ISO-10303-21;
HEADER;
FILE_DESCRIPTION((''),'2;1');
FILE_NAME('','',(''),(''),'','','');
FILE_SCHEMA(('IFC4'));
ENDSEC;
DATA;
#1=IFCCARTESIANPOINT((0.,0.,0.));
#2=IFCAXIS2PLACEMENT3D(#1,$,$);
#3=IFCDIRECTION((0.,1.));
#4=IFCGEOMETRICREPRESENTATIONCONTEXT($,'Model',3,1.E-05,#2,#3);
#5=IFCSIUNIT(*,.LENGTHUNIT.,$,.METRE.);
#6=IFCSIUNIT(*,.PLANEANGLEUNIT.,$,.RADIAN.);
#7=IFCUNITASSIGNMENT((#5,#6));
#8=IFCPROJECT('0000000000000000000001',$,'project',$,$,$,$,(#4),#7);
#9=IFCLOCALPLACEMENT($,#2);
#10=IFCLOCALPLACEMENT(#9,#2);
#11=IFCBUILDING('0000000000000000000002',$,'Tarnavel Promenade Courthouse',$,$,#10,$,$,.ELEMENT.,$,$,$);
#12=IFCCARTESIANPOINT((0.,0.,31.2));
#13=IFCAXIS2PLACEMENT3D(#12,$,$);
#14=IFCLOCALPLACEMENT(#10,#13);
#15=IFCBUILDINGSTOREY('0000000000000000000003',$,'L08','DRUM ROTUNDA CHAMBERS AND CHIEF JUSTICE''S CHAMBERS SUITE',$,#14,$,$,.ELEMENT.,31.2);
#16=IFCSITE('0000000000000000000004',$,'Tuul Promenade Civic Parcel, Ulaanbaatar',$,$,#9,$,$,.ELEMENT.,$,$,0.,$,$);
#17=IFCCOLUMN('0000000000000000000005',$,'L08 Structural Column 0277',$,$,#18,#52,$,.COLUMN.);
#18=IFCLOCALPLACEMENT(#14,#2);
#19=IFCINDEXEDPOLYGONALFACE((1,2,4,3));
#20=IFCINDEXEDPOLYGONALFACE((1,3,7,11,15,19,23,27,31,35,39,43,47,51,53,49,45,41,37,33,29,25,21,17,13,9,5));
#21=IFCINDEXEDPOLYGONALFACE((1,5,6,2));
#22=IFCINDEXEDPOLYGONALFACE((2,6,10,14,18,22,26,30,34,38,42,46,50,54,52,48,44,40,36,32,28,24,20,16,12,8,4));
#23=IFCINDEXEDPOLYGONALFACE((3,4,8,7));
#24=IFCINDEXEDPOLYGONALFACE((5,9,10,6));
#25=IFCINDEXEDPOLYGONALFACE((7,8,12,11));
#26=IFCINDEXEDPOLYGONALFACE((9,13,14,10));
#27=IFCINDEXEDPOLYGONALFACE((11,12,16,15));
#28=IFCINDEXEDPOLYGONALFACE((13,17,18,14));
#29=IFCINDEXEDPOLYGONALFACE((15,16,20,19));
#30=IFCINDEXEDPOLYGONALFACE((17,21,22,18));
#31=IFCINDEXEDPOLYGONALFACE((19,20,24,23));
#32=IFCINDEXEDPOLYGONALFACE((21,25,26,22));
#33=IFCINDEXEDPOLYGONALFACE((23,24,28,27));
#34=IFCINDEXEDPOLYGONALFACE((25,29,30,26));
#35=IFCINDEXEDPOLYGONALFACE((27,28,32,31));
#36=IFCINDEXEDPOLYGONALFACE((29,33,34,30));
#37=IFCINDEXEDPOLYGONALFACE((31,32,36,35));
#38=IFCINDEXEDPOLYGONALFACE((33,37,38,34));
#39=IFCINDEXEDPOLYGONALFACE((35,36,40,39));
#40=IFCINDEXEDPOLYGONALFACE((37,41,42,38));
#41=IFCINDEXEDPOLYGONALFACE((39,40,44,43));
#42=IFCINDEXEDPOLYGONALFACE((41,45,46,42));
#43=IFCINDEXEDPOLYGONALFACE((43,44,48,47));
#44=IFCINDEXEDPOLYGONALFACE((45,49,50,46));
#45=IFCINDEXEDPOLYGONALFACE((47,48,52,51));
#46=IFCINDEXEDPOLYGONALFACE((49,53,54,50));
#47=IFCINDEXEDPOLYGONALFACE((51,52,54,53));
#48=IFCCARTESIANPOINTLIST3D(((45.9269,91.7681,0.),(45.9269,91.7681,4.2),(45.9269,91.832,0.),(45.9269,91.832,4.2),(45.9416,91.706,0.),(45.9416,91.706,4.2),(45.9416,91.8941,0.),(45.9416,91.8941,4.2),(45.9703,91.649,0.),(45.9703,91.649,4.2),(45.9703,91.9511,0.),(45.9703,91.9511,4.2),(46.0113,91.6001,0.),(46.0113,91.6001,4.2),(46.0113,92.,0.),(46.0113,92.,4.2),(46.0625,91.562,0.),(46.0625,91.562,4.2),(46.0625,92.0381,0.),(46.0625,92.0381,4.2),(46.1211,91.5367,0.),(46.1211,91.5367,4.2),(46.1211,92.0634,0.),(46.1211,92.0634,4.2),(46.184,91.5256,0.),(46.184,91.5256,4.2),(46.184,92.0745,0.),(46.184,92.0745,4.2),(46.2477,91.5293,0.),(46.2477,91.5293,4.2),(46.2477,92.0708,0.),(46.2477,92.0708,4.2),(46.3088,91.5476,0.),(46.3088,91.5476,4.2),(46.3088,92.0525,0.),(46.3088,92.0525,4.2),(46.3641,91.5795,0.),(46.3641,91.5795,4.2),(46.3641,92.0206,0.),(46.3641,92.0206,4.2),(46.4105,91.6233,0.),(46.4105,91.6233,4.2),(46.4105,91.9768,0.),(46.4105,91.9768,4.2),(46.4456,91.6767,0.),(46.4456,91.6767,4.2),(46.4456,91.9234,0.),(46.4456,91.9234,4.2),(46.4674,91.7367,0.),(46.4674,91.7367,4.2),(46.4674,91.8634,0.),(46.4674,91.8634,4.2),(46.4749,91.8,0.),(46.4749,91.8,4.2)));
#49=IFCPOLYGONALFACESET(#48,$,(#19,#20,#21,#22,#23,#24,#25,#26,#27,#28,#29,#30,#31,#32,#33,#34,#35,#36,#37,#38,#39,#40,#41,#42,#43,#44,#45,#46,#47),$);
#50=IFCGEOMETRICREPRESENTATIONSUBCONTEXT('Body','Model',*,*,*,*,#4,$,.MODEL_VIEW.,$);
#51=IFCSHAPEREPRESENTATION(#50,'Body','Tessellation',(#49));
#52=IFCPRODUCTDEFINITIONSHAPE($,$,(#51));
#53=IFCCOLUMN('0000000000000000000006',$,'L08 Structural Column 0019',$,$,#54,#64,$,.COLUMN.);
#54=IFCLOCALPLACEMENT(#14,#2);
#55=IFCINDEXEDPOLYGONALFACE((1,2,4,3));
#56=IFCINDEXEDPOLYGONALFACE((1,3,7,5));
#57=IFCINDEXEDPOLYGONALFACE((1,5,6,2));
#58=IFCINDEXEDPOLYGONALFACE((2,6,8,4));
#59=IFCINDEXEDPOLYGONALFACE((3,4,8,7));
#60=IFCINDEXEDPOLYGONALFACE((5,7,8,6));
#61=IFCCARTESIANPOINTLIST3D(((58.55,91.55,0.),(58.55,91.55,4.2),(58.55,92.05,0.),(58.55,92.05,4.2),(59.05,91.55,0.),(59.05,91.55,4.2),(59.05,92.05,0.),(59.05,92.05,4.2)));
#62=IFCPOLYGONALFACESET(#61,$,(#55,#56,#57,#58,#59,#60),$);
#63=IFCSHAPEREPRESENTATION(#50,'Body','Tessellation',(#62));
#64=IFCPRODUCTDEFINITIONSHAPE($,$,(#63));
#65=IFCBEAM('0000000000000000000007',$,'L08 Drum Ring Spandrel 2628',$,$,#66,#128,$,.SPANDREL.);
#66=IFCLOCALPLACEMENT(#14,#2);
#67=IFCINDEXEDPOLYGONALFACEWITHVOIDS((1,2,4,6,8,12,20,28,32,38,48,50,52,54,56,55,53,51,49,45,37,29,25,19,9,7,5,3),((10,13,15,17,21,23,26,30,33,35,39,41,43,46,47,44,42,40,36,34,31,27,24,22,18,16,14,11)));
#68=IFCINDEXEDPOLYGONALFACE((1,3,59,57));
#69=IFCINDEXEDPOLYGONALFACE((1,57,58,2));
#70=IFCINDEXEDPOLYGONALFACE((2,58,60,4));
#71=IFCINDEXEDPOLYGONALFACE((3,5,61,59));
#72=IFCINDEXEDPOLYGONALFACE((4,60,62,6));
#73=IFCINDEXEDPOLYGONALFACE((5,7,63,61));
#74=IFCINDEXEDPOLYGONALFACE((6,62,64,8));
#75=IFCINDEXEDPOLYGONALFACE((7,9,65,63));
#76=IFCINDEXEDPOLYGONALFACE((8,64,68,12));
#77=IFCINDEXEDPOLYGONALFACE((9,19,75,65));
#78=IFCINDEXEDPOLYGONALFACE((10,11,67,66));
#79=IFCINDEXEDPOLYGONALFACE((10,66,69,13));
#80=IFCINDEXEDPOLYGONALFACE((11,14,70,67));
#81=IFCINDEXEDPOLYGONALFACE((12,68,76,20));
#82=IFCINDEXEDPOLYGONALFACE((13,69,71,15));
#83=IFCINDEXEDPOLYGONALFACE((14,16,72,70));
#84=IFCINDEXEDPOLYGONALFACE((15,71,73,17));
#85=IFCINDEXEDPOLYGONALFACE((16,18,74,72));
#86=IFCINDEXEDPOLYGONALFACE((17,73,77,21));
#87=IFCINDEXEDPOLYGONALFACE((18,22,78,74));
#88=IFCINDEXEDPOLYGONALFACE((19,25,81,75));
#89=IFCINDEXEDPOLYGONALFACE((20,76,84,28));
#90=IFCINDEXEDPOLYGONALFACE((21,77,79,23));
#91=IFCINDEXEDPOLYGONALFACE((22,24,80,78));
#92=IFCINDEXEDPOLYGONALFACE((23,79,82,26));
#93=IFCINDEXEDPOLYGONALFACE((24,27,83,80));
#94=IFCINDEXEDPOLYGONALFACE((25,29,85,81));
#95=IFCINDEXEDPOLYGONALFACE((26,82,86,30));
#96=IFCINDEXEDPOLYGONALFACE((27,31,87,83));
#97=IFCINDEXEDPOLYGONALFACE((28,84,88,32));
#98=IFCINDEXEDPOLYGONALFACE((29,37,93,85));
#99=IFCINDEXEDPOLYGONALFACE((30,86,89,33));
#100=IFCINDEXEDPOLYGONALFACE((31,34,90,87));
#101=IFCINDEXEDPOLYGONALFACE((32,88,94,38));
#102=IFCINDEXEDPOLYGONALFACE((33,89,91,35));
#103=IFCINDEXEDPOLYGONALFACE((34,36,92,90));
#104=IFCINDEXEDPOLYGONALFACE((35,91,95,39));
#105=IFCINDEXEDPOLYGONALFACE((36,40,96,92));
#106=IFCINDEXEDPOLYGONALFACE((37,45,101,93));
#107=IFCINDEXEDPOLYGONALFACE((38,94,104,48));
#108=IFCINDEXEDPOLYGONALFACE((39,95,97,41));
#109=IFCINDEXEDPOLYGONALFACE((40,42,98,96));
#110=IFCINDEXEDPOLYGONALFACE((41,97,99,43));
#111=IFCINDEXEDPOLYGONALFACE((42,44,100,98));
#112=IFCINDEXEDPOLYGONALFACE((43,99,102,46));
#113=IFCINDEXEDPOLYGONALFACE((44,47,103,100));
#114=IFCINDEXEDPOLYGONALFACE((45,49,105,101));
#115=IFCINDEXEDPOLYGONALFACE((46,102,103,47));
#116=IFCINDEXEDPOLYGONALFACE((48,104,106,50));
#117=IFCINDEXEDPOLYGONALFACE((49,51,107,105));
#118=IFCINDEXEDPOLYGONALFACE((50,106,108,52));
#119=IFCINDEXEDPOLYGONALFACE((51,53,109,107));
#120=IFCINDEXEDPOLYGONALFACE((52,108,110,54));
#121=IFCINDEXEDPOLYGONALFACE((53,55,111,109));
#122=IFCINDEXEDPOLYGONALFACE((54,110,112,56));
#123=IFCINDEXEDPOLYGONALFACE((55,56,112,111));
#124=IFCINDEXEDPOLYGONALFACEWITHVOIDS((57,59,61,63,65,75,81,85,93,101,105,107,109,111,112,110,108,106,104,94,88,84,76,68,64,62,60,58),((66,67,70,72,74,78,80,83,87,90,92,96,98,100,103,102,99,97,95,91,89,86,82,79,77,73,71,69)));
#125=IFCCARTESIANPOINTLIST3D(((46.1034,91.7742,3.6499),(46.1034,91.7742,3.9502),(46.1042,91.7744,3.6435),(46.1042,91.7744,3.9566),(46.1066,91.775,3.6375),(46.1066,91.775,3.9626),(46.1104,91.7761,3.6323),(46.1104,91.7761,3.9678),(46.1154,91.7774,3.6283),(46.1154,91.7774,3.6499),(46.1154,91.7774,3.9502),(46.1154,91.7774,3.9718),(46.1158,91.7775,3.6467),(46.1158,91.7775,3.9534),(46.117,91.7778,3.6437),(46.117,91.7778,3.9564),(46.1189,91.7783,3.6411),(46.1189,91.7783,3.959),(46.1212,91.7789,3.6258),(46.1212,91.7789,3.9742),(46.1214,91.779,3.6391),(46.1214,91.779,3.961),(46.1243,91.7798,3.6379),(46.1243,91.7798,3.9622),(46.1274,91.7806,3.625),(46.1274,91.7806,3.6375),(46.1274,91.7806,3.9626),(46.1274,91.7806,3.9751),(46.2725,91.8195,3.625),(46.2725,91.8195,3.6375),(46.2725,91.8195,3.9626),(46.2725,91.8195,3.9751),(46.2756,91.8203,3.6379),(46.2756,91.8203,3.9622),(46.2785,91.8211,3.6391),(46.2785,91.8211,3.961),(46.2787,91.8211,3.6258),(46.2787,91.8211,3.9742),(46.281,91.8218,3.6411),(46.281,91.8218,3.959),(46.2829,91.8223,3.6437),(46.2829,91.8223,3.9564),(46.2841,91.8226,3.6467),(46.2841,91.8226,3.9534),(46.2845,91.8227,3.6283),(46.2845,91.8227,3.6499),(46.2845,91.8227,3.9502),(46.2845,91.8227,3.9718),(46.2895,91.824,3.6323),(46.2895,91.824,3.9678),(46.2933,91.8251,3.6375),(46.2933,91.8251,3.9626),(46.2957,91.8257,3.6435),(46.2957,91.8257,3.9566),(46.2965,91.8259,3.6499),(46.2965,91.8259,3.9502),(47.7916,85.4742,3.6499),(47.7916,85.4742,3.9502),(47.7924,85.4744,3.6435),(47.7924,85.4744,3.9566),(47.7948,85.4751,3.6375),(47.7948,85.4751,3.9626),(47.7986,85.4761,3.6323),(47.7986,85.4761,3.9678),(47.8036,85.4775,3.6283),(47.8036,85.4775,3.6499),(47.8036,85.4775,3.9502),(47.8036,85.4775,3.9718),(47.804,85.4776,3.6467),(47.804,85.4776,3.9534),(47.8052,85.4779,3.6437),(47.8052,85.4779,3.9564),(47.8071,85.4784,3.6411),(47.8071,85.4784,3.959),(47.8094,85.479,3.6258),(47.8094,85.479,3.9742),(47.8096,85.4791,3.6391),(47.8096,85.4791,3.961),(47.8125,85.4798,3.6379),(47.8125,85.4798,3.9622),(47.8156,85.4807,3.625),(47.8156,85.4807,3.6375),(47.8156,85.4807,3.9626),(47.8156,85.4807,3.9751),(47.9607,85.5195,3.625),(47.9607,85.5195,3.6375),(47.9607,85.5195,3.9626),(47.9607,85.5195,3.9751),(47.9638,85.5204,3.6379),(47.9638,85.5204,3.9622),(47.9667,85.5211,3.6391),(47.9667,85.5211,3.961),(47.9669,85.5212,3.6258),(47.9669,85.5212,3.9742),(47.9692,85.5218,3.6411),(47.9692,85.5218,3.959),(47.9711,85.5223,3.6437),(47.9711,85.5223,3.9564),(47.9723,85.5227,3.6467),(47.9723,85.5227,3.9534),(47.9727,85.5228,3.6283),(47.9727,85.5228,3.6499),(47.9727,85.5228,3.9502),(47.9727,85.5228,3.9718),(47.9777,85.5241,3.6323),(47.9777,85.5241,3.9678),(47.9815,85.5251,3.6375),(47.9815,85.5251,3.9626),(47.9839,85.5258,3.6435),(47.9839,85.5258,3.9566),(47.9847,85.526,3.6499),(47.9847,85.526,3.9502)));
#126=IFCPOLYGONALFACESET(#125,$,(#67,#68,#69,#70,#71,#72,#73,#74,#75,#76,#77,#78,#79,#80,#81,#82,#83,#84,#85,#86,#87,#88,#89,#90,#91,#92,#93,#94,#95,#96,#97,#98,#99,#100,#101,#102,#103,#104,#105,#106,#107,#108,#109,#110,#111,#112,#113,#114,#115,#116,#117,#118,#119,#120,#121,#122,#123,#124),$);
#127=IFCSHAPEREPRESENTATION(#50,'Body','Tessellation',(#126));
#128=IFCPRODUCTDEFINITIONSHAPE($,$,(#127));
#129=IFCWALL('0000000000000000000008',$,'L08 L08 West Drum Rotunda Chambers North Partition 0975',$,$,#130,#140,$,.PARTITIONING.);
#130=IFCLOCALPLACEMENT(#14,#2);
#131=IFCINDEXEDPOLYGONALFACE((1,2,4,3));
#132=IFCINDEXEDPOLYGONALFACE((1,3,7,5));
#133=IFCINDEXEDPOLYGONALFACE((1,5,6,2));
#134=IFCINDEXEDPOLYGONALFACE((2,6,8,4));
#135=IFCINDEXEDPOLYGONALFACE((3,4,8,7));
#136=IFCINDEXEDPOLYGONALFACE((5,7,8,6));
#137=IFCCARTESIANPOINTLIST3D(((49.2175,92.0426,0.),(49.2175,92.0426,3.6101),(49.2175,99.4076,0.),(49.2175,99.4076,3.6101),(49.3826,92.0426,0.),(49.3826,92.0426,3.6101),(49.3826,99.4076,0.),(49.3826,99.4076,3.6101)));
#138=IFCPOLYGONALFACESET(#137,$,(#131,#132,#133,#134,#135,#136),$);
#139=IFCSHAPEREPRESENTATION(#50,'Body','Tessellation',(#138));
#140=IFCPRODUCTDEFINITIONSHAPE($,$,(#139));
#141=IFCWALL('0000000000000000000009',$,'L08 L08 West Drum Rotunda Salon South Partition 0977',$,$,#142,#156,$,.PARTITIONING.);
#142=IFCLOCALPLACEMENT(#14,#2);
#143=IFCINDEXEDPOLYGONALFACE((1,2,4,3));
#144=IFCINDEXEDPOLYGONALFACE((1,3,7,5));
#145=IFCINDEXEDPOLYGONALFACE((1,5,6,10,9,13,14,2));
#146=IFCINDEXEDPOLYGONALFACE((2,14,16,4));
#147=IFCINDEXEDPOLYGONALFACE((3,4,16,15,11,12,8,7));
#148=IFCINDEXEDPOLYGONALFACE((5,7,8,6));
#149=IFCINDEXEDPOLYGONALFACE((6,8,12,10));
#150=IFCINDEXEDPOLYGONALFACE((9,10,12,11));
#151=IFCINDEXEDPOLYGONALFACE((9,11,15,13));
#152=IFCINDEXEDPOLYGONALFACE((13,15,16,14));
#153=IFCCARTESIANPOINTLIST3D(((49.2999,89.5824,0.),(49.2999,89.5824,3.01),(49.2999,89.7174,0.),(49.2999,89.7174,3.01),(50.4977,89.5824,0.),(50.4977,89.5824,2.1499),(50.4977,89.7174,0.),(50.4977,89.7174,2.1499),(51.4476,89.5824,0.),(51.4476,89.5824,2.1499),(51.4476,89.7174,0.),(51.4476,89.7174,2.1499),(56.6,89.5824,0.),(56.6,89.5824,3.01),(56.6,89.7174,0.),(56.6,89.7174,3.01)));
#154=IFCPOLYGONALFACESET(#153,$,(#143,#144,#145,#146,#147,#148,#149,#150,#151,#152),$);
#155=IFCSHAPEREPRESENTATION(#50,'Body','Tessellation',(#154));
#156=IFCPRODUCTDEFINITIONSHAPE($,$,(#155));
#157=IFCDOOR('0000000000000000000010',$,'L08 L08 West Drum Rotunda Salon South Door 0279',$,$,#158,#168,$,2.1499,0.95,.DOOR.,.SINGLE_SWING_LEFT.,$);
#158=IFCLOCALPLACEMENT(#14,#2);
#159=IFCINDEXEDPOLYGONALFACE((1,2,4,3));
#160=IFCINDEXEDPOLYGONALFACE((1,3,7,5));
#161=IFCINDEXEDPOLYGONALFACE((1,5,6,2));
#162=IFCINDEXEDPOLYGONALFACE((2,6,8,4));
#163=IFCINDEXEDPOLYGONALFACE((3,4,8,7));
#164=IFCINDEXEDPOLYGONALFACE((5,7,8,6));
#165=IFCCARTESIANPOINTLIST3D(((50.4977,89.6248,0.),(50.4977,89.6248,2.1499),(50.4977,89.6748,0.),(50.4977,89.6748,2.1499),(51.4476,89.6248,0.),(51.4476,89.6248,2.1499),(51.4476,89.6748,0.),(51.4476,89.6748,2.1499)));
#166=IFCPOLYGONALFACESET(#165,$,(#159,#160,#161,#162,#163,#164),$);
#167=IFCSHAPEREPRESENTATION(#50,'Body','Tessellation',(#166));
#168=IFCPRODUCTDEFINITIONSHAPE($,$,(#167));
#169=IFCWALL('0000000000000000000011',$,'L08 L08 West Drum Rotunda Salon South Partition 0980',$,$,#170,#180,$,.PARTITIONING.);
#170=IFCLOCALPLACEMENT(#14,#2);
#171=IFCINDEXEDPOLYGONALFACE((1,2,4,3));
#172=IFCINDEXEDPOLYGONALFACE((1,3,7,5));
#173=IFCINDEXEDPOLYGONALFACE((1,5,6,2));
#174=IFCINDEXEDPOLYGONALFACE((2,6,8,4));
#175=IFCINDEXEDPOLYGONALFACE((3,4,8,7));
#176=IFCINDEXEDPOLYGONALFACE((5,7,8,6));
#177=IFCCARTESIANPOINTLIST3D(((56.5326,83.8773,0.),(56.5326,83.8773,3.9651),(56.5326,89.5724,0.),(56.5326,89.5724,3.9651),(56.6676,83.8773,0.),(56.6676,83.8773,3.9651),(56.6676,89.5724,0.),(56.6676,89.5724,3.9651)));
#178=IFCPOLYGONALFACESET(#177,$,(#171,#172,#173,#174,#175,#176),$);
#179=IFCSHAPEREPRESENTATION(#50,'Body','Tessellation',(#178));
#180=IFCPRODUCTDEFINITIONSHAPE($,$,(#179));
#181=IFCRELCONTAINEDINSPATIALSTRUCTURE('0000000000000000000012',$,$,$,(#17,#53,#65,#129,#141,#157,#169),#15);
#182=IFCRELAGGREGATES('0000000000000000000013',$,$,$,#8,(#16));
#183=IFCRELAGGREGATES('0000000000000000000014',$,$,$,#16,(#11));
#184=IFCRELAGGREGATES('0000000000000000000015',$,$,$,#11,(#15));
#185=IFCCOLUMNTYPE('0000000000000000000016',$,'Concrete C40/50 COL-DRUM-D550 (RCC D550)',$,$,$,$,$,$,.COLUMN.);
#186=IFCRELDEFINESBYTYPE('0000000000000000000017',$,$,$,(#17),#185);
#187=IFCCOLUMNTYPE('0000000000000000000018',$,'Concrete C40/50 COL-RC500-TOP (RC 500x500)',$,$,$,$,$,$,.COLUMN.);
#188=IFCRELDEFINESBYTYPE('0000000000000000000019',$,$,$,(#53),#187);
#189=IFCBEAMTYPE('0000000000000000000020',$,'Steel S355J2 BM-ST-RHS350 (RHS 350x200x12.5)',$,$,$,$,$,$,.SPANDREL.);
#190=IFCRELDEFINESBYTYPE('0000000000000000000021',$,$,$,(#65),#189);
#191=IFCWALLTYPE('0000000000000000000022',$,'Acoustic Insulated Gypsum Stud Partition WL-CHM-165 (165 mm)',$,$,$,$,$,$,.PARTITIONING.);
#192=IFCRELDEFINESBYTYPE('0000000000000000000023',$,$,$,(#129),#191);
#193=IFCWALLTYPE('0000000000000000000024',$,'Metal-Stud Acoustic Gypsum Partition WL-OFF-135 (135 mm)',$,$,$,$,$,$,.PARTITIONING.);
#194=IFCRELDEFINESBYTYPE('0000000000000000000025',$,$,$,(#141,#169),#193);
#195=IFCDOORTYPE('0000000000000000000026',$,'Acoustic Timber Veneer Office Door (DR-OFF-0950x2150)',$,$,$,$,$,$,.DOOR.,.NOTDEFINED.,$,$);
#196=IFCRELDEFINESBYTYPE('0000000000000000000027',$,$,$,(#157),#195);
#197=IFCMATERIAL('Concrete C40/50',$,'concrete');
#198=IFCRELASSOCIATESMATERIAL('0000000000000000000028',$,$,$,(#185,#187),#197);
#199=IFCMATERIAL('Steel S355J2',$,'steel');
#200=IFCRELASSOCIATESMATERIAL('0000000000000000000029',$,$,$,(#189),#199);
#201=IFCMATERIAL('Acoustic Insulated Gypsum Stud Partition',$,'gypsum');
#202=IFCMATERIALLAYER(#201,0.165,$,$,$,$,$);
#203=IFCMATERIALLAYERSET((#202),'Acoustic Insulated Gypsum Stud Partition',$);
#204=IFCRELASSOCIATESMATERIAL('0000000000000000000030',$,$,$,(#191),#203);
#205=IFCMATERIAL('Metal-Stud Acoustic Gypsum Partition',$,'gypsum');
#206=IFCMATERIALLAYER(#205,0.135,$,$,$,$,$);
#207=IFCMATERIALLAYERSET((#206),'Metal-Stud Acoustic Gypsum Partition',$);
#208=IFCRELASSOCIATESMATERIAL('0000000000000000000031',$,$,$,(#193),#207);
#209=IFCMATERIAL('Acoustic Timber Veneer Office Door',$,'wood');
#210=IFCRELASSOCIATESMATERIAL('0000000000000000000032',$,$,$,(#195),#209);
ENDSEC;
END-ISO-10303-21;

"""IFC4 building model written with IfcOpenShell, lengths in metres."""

from ifc_helpers import new_model, si_unit, direction, frame, frame_2d, origin, origin_2d, place, context, subcontext, project, spatial, rectangle, hollow_rectangle, circle, extrude, material, layer, layer_set, material_profile, profile_set, type_object, element, fill, save


model = new_model("IFC4")

# Units and contexts
model_context = context("Model", 3, precision=1e-05, world=origin(), true_north=direction((0.0, 1.0)))
body_context = subcontext(model_context, "Body", "Model", "MODEL_VIEW")
ifc_project = project(units=[si_unit("LENGTHUNIT", "METRE"), si_unit("PLANEANGLEUNIT", "RADIAN")], contexts=[model_context])

# Site, building, storey
site_placement = place(None, origin())
site = spatial("IfcSite", under=ifc_project, at=site_placement, Name="Tuul Promenade Civic Parcel, Ulaanbaatar", CompositionType="ELEMENT", RefElevation=0.0)
building_placement = place(site_placement, origin())
building = spatial("IfcBuilding", under=site, at=building_placement, Name="Tarnavel Promenade Courthouse", CompositionType="ELEMENT")
storey_placement = place(building_placement, frame((0.0, 0.0, 31.2)))
storey = spatial("IfcBuildingStorey", under=building, at=storey_placement, Name="L08", Description="DRUM ROTUNDA CHAMBERS AND CHIEF JUSTICE'S CHAMBERS SUITE", CompositionType="ELEMENT", Elevation=31.2)

# Columns
ifc_material_1 = material(Name="Concrete C40/50", Category="concrete")
ifc_material_profile_1 = material_profile(ifc_material_1, circle(Radius=0.2749, at=origin_2d()), Name="RCC D550")
ifc_profile_set_1 = profile_set([ifc_material_profile_1], Name="Concrete C40/50")
column_type_1 = type_object("IfcColumnType", Name="Concrete C40/50 COL-DRUM-D550 (RCC D550)", PredefinedType="COLUMN", material=ifc_profile_set_1)
column_1_placement = place(storey_placement, frame((46.2, 91.8, 0.0), z_axis=(0.0, 0.0, 1.0), x_axis=(1.0, 0.0, 0.0)))
element("IfcColumn", 1, at=column_1_placement, inside=storey, type_object=column_type_1, Name="L08 Structural Column 0277", PredefinedType="COLUMN", context=body_context, shape_type="SweptSolid", body=[
    extrude(circle(Radius=0.2749, at=origin_2d()), origin(), (0.0, 0.0, 1.0), 4.2),
])
ifc_material_profile_2 = material_profile(ifc_material_1, rectangle(XDim=0.5, YDim=0.5, at=origin_2d()), Name="RC 500x500")
ifc_profile_set_2 = profile_set([ifc_material_profile_2], Name="Concrete C40/50")
column_type_2 = type_object("IfcColumnType", Name="Concrete C40/50 COL-RC500-TOP (RC 500x500)", PredefinedType="COLUMN", material=ifc_profile_set_2)
column_2_placement = place(storey_placement, frame((58.8, 91.8, 0.0), z_axis=(0.0, 0.0, 1.0), x_axis=(1.0, 0.0, 0.0)))
element("IfcColumn", 2, at=column_2_placement, inside=storey, type_object=column_type_2, Name="L08 Structural Column 0019", PredefinedType="COLUMN", context=body_context, shape_type="SweptSolid", body=[
    extrude(rectangle(XDim=0.5, YDim=0.5, at=origin_2d()), origin(), (0.0, 0.0, 1.0), 4.2),
])

# Beam
ifc_material_2 = material(Name="Steel S355J2", Category="steel")
ifc_material_profile_3 = material_profile(ifc_material_2, hollow_rectangle(XDim=0.2, YDim=0.3501, WallThickness=0.0125, InnerFilletRadius=0.0125, OuterFilletRadius=0.0249, at=origin_2d()), Name="RHS 350x200x12.5")
ifc_profile_set_3 = profile_set([ifc_material_profile_3], Name="Steel S355J2")
beam_type = type_object("IfcBeamType", Name="Steel S355J2 BM-ST-RHS350 (RHS 350x200x12.5)", PredefinedType="SPANDREL", material=ifc_profile_set_3)
beam_placement = place(storey_placement, frame((46.2, 91.8, 3.8), z_axis=(0.258839, -0.96592, 0.0), x_axis=(0.96592, 0.258839, 0.0)))
element("IfcBeam", 3, at=beam_placement, inside=storey, type_object=beam_type, Name="L08 Drum Ring Spandrel 2628", PredefinedType="SPANDREL", context=body_context, shape_type="SweptSolid", body=[
    extrude(hollow_rectangle(XDim=0.2, YDim=0.3501, WallThickness=0.0125, InnerFilletRadius=0.0125, OuterFilletRadius=0.0249, at=origin_2d()), origin(), (0.0, 0.0, 1.0), 6.5222),
])

# Wall
ifc_material_3 = material(Name="Acoustic Insulated Gypsum Stud Partition", Category="gypsum")
ifc_layer_1 = layer(ifc_material_3, 0.165)
ifc_layer_set_1 = layer_set([ifc_layer_1], Name="Acoustic Insulated Gypsum Stud Partition")
wall_type_1 = type_object("IfcWallType", Name="Acoustic Insulated Gypsum Stud Partition WL-CHM-165 (165 mm)", PredefinedType="PARTITIONING", material=ifc_layer_set_1)
wall_1_placement = place(storey_placement, frame((49.3, 92.0425, 0.0), z_axis=(0.0, 0.0, 1.0), x_axis=(0.0, 1.0, 0.0)))
element("IfcWall", 4, at=wall_1_placement, inside=storey, type_object=wall_type_1, Name="L08 L08 West Drum Rotunda Chambers North Partition 0975", PredefinedType="PARTITIONING", context=body_context, shape_type="SweptSolid", body=[
    extrude(rectangle(XDim=7.365, YDim=0.165, at=frame_2d((3.6826, 0.0))), origin(), (0.0, 0.0, 1.0), 3.6101),
])

# Wall, opening, door
ifc_material_4 = material(Name="Metal-Stud Acoustic Gypsum Partition", Category="gypsum")
ifc_layer_2 = layer(ifc_material_4, 0.135)
ifc_layer_set_2 = layer_set([ifc_layer_2], Name="Metal-Stud Acoustic Gypsum Partition")
wall_type_2 = type_object("IfcWallType", Name="Metal-Stud Acoustic Gypsum Partition WL-OFF-135 (135 mm)", PredefinedType="PARTITIONING", material=ifc_layer_set_2)
wall_2_placement = place(storey_placement, frame((49.3, 89.6499, 0.0), z_axis=(0.0, 0.0, 1.0), x_axis=(1.0, 0.0, 0.0)))
wall_2 = element("IfcWall", 5, at=wall_2_placement, inside=storey, type_object=wall_type_2, Name="L08 L08 West Drum Rotunda Salon South Partition 0977", PredefinedType="PARTITIONING", context=body_context, shape_type="SweptSolid", body=[
    extrude(rectangle(XDim=7.3, YDim=0.135, at=frame_2d((3.6499, 0.0))), origin(), (0.0, 0.0, 1.0), 3.01),
])
opening_1_placement = place(wall_2_placement, frame((1.1975, 0.0, 0.0)))
opening_1 = element("IfcOpeningElement", 6, at=opening_1_placement, cuts=wall_2, PredefinedType="OPENING", context=body_context, shape_type="SweptSolid", body=[
    extrude(rectangle(XDim=0.95, YDim=2.1499, at=frame_2d((0.4751, 1.075))), frame((0.0, 0.0774, 0.0), z_axis=(0.0, -1.0, 0.0), x_axis=(1.0, 0.0, 0.0)), (0.0, 0.0, 1.0), 0.155),
])
ifc_material_5 = material(Name="Acoustic Timber Veneer Office Door", Category="wood")
door_type = type_object("IfcDoorType", Name="Acoustic Timber Veneer Office Door (DR-OFF-0950x2150)", OperationType="NOTDEFINED", PredefinedType="DOOR", material=ifc_material_5)
door_placement = place(opening_1_placement, origin())
door = element("IfcDoor", 7, at=door_placement, inside=storey, type_object=door_type, Name="L08 L08 West Drum Rotunda Salon South Door 0279", OperationType="SINGLE_SWING_LEFT", OverallHeight=2.1499, OverallWidth=0.95, PredefinedType="DOOR", context=body_context, shape_type="SweptSolid", body=[
    extrude(rectangle(XDim=0.95, YDim=2.1499, at=frame_2d((0.4751, 1.075))), frame((0.0, 0.0249, 0.0), z_axis=(0.0, -1.0, 0.0), x_axis=(1.0, 0.0, 0.0)), (0.0, 0.0, 1.0), 0.05),
])
fill(opening_1, door)

# Wall
wall_3_placement = place(storey_placement, frame((56.6001, 89.5725, 0.0), z_axis=(0.0, 0.0, 1.0), x_axis=(0.0, -1.0, 0.0)))
element("IfcWall", 8, at=wall_3_placement, inside=storey, type_object=wall_type_2, Name="L08 L08 West Drum Rotunda Salon South Partition 0980", PredefinedType="PARTITIONING", context=body_context, shape_type="SweptSolid", body=[
    extrude(rectangle(XDim=5.6951, YDim=0.135, at=frame_2d((2.8477, 0.0))), origin(), (0.0, 0.0, 1.0), 3.9651),
])

save(model, "model.ifc")
